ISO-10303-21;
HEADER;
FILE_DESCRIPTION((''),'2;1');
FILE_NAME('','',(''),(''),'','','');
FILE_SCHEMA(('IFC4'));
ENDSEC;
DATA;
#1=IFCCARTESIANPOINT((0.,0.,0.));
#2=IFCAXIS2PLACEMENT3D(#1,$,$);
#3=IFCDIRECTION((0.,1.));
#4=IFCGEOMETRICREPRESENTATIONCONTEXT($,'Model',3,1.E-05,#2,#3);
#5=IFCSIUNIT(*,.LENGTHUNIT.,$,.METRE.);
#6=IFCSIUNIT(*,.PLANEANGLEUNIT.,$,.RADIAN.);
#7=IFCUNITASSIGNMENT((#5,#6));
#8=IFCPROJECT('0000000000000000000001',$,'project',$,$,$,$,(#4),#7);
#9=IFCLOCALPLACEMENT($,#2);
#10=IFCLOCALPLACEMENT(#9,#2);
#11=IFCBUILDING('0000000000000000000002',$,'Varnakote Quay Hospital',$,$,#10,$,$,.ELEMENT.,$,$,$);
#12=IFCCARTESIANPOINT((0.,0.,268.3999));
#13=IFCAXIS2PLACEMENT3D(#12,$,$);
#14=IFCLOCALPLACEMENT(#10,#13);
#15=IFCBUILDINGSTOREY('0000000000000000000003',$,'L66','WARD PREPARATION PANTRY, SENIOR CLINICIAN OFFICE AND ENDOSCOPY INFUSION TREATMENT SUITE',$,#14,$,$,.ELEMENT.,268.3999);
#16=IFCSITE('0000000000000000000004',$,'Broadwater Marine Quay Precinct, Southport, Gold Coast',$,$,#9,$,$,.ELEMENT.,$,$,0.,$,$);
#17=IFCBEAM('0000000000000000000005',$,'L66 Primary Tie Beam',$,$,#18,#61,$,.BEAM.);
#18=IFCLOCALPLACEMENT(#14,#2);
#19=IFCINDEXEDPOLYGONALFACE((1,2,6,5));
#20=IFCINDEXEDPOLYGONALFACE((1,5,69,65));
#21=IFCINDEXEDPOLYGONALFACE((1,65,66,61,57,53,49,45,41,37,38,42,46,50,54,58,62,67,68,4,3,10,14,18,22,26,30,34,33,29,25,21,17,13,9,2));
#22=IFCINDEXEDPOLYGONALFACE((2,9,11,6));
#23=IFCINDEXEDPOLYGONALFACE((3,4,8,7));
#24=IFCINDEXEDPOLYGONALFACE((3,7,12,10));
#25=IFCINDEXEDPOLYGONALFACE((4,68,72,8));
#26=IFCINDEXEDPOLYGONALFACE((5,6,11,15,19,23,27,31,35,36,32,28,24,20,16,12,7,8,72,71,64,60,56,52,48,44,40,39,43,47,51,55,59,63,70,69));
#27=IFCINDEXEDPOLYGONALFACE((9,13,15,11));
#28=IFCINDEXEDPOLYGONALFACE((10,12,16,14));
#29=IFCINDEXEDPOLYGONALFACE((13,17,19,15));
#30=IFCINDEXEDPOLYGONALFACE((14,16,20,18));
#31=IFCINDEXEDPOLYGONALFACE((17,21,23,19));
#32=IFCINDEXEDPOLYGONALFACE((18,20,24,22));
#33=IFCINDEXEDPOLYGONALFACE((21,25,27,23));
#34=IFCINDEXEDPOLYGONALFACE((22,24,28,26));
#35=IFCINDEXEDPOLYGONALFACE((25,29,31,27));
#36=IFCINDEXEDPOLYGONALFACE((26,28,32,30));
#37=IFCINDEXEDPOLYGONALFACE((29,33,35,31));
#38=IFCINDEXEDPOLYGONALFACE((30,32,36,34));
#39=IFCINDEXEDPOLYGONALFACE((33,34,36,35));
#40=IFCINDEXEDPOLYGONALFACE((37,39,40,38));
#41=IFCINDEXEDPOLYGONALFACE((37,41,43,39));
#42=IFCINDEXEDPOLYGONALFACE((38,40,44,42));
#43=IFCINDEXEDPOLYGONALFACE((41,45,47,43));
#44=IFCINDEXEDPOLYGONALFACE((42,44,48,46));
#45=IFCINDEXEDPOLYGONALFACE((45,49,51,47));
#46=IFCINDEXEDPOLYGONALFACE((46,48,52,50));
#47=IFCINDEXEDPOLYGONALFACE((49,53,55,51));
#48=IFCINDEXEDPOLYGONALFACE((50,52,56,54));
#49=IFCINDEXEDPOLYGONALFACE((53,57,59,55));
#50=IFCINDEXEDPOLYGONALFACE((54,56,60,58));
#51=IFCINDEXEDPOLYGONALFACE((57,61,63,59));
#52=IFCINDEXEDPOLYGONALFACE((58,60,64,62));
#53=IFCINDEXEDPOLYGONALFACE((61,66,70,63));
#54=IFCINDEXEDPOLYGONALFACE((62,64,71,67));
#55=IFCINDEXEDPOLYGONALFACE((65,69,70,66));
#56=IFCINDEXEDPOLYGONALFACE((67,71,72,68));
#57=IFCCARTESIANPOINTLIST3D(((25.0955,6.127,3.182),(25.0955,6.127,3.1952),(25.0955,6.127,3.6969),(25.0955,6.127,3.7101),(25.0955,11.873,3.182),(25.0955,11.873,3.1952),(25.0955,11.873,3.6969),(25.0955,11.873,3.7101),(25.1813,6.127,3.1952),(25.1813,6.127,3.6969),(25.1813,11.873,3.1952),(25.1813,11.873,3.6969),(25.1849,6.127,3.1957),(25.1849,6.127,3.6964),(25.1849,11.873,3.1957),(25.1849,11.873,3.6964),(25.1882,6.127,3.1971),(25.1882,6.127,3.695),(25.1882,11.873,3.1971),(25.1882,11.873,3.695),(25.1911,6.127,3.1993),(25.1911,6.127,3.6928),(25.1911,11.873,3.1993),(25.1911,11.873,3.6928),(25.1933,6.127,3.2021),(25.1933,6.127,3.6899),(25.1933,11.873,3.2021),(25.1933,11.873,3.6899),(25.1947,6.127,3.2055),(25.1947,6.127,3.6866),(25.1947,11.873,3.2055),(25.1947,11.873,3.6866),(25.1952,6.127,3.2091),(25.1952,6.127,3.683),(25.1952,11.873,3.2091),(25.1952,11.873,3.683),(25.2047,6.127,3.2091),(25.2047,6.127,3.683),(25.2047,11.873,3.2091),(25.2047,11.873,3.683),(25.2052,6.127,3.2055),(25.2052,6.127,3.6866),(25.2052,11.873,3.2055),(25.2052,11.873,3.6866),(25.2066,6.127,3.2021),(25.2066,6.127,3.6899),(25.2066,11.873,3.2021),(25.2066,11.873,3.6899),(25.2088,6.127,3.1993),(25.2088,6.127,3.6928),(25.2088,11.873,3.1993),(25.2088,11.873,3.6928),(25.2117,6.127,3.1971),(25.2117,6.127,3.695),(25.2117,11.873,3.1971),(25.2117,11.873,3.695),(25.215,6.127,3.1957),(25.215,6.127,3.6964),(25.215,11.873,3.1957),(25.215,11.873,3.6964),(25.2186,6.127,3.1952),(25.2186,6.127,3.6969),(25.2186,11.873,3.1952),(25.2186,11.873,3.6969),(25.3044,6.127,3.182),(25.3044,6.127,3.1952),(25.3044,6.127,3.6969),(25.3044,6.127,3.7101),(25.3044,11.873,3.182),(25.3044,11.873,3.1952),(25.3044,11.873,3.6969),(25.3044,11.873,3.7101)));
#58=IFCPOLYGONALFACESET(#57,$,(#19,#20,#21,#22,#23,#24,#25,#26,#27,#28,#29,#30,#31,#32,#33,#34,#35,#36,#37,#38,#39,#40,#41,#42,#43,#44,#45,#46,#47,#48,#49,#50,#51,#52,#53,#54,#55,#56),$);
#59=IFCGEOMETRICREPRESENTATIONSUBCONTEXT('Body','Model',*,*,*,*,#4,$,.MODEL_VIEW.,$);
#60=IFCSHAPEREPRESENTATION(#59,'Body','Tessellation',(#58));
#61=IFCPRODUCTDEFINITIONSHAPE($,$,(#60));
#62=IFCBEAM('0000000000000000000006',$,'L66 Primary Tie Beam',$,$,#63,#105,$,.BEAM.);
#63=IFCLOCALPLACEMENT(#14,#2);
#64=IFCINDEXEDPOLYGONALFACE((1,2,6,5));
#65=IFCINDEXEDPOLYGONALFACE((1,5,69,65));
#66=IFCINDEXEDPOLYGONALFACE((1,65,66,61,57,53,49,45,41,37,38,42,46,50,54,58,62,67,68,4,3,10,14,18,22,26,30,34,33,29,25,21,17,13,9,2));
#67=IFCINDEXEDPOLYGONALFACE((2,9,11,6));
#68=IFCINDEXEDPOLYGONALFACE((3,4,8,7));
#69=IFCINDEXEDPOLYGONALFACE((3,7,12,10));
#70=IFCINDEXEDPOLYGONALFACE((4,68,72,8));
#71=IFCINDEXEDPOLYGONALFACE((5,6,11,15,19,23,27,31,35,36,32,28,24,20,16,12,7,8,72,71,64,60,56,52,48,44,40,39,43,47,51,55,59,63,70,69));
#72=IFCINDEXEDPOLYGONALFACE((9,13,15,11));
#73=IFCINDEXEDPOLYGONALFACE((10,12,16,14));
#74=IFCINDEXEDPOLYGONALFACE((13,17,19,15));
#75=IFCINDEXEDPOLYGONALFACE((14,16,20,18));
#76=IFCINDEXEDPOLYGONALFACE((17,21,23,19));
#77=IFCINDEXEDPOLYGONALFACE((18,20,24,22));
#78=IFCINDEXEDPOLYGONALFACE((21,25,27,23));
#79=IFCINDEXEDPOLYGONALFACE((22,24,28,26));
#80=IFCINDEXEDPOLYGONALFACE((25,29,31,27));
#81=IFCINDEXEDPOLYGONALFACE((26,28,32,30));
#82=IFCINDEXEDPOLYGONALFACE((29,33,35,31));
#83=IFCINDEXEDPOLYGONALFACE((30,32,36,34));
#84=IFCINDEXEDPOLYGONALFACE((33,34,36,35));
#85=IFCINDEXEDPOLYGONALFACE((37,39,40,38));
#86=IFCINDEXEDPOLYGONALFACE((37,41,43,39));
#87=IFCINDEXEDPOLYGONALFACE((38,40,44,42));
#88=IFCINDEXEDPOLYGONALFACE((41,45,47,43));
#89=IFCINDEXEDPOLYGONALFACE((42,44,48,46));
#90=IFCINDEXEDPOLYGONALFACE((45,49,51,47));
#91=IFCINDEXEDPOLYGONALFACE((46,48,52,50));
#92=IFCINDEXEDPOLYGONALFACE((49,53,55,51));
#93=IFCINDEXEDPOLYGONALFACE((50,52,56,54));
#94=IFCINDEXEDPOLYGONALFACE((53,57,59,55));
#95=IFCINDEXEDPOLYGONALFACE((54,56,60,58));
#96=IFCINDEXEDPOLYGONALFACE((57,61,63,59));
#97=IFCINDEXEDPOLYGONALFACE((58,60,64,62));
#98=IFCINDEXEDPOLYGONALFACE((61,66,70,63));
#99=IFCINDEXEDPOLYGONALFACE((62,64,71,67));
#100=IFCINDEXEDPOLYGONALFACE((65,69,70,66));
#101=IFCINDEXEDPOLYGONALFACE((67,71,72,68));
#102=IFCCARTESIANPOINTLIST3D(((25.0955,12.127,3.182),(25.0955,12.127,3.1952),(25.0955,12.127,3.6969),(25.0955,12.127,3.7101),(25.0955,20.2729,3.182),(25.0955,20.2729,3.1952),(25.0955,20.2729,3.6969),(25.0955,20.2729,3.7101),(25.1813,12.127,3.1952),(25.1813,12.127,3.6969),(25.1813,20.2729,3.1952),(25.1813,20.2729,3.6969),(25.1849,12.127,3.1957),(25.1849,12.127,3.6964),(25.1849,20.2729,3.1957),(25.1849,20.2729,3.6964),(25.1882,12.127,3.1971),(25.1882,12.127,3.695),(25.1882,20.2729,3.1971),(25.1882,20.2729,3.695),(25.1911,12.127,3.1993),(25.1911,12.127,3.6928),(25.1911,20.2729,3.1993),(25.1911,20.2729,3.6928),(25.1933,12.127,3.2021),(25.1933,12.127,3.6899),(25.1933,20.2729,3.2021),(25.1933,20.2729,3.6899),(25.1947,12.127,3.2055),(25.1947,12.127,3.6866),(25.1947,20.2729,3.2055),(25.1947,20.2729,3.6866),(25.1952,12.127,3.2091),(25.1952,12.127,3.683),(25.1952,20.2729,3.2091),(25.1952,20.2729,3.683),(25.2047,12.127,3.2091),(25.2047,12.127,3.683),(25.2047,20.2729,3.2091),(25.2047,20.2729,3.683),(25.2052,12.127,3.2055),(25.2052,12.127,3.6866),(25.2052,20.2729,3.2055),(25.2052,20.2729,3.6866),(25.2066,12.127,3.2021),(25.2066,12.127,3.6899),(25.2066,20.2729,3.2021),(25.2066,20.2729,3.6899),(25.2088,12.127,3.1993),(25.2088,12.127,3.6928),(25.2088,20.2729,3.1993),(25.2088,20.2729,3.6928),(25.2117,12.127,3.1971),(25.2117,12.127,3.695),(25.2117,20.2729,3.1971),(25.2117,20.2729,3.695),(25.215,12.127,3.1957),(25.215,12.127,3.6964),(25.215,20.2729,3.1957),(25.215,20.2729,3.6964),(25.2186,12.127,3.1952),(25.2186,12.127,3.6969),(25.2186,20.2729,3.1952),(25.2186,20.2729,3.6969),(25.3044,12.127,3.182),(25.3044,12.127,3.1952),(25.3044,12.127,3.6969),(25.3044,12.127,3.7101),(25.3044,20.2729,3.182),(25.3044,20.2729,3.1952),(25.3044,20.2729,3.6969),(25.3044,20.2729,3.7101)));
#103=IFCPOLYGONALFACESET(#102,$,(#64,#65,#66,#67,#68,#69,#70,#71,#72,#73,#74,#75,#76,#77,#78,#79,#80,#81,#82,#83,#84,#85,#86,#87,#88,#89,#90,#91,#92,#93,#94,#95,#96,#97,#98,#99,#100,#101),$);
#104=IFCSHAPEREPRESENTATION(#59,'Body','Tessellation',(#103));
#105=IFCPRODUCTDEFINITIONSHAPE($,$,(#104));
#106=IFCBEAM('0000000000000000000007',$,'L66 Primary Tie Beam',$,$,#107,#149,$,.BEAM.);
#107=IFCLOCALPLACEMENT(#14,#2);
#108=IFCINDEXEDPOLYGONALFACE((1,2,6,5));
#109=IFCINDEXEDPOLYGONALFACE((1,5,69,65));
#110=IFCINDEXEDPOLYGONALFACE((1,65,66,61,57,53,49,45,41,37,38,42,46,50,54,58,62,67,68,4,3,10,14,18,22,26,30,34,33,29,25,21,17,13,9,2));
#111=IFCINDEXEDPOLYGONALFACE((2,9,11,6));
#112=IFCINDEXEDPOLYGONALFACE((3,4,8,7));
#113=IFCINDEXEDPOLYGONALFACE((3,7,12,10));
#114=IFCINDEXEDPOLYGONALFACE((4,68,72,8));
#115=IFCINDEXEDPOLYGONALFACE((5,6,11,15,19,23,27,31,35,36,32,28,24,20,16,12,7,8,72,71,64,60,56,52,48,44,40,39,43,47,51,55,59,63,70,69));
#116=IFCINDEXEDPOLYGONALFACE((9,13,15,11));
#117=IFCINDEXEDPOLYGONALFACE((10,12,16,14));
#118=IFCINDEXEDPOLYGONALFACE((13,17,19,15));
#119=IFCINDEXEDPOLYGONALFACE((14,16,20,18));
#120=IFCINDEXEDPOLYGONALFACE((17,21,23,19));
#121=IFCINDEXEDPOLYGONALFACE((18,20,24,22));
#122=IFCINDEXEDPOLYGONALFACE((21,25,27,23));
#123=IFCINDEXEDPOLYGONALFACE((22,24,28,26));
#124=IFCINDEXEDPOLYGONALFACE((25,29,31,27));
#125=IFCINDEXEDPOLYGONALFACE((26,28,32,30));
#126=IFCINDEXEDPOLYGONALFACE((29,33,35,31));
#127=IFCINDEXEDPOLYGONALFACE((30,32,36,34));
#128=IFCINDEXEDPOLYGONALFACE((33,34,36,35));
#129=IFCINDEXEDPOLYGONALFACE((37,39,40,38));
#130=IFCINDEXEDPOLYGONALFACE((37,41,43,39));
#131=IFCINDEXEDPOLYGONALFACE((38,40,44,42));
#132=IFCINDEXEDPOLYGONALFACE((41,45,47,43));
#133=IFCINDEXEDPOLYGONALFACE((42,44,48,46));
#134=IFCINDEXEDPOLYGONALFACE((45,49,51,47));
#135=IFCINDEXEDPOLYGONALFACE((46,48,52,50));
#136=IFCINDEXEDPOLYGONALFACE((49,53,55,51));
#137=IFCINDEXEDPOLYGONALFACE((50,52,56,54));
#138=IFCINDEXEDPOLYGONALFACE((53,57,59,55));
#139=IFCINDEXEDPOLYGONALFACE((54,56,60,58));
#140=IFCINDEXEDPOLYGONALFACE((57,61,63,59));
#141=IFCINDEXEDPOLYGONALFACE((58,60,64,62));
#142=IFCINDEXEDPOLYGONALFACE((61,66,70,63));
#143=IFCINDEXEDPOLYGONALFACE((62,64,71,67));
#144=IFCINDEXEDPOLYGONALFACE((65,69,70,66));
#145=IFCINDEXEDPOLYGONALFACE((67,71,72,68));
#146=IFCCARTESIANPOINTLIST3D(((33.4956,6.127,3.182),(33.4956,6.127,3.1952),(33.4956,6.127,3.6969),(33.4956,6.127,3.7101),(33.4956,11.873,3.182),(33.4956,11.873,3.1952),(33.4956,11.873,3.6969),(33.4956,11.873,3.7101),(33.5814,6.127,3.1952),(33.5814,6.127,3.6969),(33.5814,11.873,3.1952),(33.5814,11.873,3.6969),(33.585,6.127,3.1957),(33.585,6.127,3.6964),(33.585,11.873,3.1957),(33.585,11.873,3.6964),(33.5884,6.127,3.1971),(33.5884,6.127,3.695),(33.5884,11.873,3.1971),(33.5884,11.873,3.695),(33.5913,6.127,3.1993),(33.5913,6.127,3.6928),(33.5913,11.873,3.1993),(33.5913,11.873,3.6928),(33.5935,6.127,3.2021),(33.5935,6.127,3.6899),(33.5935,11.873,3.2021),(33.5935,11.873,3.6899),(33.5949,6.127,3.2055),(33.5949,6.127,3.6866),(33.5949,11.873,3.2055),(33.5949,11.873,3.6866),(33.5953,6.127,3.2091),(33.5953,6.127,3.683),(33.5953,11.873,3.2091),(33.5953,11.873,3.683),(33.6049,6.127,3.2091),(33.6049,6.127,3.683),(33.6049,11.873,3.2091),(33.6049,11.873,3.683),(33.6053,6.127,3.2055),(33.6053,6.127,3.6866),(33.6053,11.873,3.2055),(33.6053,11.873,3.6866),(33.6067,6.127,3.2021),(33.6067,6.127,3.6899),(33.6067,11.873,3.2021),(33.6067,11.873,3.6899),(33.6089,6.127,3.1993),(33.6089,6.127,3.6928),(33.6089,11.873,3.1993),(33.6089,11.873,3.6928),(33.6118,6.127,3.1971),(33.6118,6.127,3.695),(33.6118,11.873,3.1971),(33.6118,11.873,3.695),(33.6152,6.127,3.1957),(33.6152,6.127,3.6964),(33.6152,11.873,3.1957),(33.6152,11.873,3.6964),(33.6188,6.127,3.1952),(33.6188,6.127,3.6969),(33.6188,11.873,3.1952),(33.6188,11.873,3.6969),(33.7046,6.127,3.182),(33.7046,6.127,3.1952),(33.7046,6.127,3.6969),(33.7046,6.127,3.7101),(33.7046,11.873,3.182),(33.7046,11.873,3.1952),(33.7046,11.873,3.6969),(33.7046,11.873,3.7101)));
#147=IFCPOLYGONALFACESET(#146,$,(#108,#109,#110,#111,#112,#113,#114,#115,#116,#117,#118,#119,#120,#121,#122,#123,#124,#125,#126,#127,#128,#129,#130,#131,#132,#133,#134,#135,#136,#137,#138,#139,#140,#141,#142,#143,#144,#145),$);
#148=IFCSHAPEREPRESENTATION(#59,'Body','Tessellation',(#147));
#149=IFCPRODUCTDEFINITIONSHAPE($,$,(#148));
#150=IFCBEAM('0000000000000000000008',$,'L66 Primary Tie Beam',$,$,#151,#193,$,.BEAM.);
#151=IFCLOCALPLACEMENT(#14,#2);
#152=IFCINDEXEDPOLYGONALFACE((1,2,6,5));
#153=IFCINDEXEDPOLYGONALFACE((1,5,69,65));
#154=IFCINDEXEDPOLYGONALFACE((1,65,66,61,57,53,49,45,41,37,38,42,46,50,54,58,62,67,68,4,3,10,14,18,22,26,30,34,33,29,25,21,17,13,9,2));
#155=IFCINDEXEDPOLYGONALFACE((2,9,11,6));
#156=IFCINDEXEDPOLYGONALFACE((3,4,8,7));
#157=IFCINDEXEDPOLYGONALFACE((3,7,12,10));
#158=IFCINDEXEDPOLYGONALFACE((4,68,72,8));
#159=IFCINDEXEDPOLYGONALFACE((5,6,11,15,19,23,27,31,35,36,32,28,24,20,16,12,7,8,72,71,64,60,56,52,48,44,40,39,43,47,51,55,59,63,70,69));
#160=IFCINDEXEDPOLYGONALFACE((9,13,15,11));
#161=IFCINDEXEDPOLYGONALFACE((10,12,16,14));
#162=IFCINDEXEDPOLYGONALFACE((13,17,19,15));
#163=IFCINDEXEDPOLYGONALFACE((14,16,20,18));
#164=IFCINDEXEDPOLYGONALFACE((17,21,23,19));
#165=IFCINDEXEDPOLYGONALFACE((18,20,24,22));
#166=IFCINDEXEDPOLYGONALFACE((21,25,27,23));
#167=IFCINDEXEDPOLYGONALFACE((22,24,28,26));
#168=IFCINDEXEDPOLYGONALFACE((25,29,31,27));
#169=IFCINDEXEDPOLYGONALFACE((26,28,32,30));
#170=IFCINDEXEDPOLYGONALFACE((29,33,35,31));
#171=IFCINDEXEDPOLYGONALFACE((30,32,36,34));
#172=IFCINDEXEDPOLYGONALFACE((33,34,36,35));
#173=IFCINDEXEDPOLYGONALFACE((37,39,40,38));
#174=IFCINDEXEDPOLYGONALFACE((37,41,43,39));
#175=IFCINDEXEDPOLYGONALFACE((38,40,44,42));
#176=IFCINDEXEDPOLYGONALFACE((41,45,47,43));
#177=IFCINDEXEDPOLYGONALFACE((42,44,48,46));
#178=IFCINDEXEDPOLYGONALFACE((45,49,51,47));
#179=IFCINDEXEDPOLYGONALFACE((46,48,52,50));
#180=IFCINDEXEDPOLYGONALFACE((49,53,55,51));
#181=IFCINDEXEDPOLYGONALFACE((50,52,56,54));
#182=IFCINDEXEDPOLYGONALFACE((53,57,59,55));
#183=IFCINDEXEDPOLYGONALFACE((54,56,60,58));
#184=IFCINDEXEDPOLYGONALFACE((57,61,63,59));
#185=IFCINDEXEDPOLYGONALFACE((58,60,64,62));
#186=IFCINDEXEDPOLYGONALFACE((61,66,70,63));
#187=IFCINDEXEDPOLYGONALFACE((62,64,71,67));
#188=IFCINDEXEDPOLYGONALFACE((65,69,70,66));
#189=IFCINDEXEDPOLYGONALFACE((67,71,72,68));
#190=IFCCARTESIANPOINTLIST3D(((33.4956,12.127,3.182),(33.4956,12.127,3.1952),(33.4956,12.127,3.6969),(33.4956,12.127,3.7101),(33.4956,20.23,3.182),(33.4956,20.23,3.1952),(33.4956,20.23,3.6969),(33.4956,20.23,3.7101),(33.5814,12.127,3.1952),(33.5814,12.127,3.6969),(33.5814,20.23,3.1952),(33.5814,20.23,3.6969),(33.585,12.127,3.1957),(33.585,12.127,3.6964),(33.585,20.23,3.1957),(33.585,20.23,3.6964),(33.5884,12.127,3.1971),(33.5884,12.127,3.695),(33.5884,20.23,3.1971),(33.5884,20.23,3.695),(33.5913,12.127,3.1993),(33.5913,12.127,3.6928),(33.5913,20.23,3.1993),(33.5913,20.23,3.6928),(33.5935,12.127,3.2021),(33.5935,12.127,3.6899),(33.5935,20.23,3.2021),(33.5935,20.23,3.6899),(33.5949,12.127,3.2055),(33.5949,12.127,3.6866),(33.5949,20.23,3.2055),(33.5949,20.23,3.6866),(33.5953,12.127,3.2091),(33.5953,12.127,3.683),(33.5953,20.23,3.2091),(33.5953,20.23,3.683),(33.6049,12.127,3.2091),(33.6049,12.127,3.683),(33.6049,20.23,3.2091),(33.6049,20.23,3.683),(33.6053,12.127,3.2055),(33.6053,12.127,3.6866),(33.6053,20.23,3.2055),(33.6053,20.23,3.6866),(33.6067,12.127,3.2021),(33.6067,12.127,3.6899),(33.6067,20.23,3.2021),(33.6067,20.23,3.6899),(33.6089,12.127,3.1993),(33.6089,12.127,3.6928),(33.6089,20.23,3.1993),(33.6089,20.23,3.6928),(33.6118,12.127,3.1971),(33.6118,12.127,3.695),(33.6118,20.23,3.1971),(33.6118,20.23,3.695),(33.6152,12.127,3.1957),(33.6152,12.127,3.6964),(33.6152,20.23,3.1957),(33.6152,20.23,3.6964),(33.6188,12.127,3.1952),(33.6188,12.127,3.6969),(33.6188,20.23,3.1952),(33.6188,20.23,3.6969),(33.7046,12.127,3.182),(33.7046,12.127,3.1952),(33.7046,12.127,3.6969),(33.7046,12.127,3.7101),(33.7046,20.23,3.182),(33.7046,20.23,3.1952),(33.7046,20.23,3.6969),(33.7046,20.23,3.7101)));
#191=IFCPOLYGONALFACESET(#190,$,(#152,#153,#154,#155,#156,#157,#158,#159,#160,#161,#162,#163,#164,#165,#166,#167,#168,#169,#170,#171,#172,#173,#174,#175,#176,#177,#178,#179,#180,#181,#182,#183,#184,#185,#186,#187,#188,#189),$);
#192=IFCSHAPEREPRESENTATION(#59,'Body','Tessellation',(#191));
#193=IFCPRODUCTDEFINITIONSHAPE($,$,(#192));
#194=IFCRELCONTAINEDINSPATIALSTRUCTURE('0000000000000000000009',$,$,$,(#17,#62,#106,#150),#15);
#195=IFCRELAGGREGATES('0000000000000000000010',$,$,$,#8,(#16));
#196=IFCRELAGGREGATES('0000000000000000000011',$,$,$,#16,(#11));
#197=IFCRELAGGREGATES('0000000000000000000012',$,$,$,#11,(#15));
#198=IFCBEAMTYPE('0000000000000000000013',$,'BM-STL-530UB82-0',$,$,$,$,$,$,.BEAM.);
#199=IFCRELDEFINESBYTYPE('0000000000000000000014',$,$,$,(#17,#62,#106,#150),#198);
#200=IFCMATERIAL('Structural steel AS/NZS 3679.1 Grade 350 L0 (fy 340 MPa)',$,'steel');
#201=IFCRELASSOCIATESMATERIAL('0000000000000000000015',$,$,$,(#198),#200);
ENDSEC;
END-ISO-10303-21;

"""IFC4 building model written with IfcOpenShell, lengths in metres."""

from ifc_helpers import new_model, si_unit, direction, frame, origin, origin_2d, place, context, subcontext, project, spatial, i_section, extrude, material, material_profile, profile_set, type_object, element, save


model = new_model("IFC4")

# Units and contexts
model_context = context("Model", 3, precision=1e-05, world=origin(), true_north=direction((0.0, 1.0)))
body_context = subcontext(model_context, "Body", "Model", "MODEL_VIEW")
ifc_project = project(units=[si_unit("LENGTHUNIT", "METRE"), si_unit("PLANEANGLEUNIT", "RADIAN")], contexts=[model_context])

# Site, building, storey
site_placement = place(None, origin())
site = spatial("IfcSite", under=ifc_project, at=site_placement, Name="Broadwater Marine Quay Precinct, Southport, Gold Coast", CompositionType="ELEMENT", RefElevation=0.0)
building_placement = place(site_placement, origin())
building = spatial("IfcBuilding", under=site, at=building_placement, Name="Varnakote Quay Hospital", CompositionType="ELEMENT")
storey_placement = place(building_placement, frame((0.0, 0.0, 268.3999)))
storey = spatial("IfcBuildingStorey", under=building, at=storey_placement, Name="L66", Description="WARD PREPARATION PANTRY, SENIOR CLINICIAN OFFICE AND ENDOSCOPY INFUSION TREATMENT SUITE", CompositionType="ELEMENT", Elevation=268.3999)

# Beams
ifc_material_1 = material(Name="Structural steel AS/NZS 3679.1 Grade 350 L0 (fy 340 MPa)", Category="steel")
ifc_material_profile_1 = material_profile(ifc_material_1, i_section(OverallWidth=0.209, OverallDepth=0.5281, WebThickness=0.0095, FlangeThickness=0.0132, FilletRadius=0.0139, at=origin_2d()), Name="530UB82.0")
ifc_profile_set_1 = profile_set([ifc_material_profile_1], Name="Structural steel AS/NZS 3679.1 Grade 350 L0 (fy 340 MPa)")
beam_type_1 = type_object("IfcBeamType", Name="BM-STL-530UB82-0", PredefinedType="BEAM", material=ifc_profile_set_1)
beam_1_placement = place(storey_placement, frame((25.2, 6.127, 3.446), z_axis=(0.0, 1.0, 0.0), x_axis=(-1.0, 0.0, 0.0)))
element("IfcBeam", 1, at=beam_1_placement, inside=storey, type_object=beam_type_1, Name="L66 Primary Tie Beam", PredefinedType="BEAM", context=body_context, shape_type="SweptSolid", body=[
    extrude(i_section(OverallWidth=0.209, OverallDepth=0.5281, WebThickness=0.0095, FlangeThickness=0.0132, FilletRadius=0.0139, at=origin_2d()), origin(), (0.0, 0.0, 1.0), 5.7461),
])
beam_2_placement = place(storey_placement, frame((25.2, 12.127, 3.446), z_axis=(0.0, 1.0, 0.0), x_axis=(-1.0, 0.0, 0.0)))
element("IfcBeam", 2, at=beam_2_placement, inside=storey, type_object=beam_type_1, Name="L66 Primary Tie Beam", PredefinedType="BEAM", context=body_context, shape_type="SweptSolid", body=[
    extrude(i_section(OverallWidth=0.209, OverallDepth=0.5281, WebThickness=0.0095, FlangeThickness=0.0132, FilletRadius=0.0139, at=origin_2d()), origin(), (0.0, 0.0, 1.0), 8.146),
])
beam_3_placement = place(storey_placement, frame((33.6001, 6.127, 3.446), z_axis=(0.0, 1.0, 0.0), x_axis=(-1.0, 0.0, 0.0)))
element("IfcBeam", 3, at=beam_3_placement, inside=storey, type_object=beam_type_1, Name="L66 Primary Tie Beam", PredefinedType="BEAM", context=body_context, shape_type="SweptSolid", body=[
    extrude(i_section(OverallWidth=0.209, OverallDepth=0.5281, WebThickness=0.0095, FlangeThickness=0.0132, FilletRadius=0.0139, at=origin_2d()), origin(), (0.0, 0.0, 1.0), 5.7461),
])
beam_4_placement = place(storey_placement, frame((33.6001, 12.127, 3.446), z_axis=(0.0, 1.0, 0.0), x_axis=(-1.0, 0.0, 0.0)))
element("IfcBeam", 4, at=beam_4_placement, inside=storey, type_object=beam_type_1, Name="L66 Primary Tie Beam", PredefinedType="BEAM", context=body_context, shape_type="SweptSolid", body=[
    extrude(i_section(OverallWidth=0.209, OverallDepth=0.5281, WebThickness=0.0095, FlangeThickness=0.0132, FilletRadius=0.0139, at=origin_2d()), origin(), (0.0, 0.0, 1.0), 8.103),
])

save(model, "model.ifc")
